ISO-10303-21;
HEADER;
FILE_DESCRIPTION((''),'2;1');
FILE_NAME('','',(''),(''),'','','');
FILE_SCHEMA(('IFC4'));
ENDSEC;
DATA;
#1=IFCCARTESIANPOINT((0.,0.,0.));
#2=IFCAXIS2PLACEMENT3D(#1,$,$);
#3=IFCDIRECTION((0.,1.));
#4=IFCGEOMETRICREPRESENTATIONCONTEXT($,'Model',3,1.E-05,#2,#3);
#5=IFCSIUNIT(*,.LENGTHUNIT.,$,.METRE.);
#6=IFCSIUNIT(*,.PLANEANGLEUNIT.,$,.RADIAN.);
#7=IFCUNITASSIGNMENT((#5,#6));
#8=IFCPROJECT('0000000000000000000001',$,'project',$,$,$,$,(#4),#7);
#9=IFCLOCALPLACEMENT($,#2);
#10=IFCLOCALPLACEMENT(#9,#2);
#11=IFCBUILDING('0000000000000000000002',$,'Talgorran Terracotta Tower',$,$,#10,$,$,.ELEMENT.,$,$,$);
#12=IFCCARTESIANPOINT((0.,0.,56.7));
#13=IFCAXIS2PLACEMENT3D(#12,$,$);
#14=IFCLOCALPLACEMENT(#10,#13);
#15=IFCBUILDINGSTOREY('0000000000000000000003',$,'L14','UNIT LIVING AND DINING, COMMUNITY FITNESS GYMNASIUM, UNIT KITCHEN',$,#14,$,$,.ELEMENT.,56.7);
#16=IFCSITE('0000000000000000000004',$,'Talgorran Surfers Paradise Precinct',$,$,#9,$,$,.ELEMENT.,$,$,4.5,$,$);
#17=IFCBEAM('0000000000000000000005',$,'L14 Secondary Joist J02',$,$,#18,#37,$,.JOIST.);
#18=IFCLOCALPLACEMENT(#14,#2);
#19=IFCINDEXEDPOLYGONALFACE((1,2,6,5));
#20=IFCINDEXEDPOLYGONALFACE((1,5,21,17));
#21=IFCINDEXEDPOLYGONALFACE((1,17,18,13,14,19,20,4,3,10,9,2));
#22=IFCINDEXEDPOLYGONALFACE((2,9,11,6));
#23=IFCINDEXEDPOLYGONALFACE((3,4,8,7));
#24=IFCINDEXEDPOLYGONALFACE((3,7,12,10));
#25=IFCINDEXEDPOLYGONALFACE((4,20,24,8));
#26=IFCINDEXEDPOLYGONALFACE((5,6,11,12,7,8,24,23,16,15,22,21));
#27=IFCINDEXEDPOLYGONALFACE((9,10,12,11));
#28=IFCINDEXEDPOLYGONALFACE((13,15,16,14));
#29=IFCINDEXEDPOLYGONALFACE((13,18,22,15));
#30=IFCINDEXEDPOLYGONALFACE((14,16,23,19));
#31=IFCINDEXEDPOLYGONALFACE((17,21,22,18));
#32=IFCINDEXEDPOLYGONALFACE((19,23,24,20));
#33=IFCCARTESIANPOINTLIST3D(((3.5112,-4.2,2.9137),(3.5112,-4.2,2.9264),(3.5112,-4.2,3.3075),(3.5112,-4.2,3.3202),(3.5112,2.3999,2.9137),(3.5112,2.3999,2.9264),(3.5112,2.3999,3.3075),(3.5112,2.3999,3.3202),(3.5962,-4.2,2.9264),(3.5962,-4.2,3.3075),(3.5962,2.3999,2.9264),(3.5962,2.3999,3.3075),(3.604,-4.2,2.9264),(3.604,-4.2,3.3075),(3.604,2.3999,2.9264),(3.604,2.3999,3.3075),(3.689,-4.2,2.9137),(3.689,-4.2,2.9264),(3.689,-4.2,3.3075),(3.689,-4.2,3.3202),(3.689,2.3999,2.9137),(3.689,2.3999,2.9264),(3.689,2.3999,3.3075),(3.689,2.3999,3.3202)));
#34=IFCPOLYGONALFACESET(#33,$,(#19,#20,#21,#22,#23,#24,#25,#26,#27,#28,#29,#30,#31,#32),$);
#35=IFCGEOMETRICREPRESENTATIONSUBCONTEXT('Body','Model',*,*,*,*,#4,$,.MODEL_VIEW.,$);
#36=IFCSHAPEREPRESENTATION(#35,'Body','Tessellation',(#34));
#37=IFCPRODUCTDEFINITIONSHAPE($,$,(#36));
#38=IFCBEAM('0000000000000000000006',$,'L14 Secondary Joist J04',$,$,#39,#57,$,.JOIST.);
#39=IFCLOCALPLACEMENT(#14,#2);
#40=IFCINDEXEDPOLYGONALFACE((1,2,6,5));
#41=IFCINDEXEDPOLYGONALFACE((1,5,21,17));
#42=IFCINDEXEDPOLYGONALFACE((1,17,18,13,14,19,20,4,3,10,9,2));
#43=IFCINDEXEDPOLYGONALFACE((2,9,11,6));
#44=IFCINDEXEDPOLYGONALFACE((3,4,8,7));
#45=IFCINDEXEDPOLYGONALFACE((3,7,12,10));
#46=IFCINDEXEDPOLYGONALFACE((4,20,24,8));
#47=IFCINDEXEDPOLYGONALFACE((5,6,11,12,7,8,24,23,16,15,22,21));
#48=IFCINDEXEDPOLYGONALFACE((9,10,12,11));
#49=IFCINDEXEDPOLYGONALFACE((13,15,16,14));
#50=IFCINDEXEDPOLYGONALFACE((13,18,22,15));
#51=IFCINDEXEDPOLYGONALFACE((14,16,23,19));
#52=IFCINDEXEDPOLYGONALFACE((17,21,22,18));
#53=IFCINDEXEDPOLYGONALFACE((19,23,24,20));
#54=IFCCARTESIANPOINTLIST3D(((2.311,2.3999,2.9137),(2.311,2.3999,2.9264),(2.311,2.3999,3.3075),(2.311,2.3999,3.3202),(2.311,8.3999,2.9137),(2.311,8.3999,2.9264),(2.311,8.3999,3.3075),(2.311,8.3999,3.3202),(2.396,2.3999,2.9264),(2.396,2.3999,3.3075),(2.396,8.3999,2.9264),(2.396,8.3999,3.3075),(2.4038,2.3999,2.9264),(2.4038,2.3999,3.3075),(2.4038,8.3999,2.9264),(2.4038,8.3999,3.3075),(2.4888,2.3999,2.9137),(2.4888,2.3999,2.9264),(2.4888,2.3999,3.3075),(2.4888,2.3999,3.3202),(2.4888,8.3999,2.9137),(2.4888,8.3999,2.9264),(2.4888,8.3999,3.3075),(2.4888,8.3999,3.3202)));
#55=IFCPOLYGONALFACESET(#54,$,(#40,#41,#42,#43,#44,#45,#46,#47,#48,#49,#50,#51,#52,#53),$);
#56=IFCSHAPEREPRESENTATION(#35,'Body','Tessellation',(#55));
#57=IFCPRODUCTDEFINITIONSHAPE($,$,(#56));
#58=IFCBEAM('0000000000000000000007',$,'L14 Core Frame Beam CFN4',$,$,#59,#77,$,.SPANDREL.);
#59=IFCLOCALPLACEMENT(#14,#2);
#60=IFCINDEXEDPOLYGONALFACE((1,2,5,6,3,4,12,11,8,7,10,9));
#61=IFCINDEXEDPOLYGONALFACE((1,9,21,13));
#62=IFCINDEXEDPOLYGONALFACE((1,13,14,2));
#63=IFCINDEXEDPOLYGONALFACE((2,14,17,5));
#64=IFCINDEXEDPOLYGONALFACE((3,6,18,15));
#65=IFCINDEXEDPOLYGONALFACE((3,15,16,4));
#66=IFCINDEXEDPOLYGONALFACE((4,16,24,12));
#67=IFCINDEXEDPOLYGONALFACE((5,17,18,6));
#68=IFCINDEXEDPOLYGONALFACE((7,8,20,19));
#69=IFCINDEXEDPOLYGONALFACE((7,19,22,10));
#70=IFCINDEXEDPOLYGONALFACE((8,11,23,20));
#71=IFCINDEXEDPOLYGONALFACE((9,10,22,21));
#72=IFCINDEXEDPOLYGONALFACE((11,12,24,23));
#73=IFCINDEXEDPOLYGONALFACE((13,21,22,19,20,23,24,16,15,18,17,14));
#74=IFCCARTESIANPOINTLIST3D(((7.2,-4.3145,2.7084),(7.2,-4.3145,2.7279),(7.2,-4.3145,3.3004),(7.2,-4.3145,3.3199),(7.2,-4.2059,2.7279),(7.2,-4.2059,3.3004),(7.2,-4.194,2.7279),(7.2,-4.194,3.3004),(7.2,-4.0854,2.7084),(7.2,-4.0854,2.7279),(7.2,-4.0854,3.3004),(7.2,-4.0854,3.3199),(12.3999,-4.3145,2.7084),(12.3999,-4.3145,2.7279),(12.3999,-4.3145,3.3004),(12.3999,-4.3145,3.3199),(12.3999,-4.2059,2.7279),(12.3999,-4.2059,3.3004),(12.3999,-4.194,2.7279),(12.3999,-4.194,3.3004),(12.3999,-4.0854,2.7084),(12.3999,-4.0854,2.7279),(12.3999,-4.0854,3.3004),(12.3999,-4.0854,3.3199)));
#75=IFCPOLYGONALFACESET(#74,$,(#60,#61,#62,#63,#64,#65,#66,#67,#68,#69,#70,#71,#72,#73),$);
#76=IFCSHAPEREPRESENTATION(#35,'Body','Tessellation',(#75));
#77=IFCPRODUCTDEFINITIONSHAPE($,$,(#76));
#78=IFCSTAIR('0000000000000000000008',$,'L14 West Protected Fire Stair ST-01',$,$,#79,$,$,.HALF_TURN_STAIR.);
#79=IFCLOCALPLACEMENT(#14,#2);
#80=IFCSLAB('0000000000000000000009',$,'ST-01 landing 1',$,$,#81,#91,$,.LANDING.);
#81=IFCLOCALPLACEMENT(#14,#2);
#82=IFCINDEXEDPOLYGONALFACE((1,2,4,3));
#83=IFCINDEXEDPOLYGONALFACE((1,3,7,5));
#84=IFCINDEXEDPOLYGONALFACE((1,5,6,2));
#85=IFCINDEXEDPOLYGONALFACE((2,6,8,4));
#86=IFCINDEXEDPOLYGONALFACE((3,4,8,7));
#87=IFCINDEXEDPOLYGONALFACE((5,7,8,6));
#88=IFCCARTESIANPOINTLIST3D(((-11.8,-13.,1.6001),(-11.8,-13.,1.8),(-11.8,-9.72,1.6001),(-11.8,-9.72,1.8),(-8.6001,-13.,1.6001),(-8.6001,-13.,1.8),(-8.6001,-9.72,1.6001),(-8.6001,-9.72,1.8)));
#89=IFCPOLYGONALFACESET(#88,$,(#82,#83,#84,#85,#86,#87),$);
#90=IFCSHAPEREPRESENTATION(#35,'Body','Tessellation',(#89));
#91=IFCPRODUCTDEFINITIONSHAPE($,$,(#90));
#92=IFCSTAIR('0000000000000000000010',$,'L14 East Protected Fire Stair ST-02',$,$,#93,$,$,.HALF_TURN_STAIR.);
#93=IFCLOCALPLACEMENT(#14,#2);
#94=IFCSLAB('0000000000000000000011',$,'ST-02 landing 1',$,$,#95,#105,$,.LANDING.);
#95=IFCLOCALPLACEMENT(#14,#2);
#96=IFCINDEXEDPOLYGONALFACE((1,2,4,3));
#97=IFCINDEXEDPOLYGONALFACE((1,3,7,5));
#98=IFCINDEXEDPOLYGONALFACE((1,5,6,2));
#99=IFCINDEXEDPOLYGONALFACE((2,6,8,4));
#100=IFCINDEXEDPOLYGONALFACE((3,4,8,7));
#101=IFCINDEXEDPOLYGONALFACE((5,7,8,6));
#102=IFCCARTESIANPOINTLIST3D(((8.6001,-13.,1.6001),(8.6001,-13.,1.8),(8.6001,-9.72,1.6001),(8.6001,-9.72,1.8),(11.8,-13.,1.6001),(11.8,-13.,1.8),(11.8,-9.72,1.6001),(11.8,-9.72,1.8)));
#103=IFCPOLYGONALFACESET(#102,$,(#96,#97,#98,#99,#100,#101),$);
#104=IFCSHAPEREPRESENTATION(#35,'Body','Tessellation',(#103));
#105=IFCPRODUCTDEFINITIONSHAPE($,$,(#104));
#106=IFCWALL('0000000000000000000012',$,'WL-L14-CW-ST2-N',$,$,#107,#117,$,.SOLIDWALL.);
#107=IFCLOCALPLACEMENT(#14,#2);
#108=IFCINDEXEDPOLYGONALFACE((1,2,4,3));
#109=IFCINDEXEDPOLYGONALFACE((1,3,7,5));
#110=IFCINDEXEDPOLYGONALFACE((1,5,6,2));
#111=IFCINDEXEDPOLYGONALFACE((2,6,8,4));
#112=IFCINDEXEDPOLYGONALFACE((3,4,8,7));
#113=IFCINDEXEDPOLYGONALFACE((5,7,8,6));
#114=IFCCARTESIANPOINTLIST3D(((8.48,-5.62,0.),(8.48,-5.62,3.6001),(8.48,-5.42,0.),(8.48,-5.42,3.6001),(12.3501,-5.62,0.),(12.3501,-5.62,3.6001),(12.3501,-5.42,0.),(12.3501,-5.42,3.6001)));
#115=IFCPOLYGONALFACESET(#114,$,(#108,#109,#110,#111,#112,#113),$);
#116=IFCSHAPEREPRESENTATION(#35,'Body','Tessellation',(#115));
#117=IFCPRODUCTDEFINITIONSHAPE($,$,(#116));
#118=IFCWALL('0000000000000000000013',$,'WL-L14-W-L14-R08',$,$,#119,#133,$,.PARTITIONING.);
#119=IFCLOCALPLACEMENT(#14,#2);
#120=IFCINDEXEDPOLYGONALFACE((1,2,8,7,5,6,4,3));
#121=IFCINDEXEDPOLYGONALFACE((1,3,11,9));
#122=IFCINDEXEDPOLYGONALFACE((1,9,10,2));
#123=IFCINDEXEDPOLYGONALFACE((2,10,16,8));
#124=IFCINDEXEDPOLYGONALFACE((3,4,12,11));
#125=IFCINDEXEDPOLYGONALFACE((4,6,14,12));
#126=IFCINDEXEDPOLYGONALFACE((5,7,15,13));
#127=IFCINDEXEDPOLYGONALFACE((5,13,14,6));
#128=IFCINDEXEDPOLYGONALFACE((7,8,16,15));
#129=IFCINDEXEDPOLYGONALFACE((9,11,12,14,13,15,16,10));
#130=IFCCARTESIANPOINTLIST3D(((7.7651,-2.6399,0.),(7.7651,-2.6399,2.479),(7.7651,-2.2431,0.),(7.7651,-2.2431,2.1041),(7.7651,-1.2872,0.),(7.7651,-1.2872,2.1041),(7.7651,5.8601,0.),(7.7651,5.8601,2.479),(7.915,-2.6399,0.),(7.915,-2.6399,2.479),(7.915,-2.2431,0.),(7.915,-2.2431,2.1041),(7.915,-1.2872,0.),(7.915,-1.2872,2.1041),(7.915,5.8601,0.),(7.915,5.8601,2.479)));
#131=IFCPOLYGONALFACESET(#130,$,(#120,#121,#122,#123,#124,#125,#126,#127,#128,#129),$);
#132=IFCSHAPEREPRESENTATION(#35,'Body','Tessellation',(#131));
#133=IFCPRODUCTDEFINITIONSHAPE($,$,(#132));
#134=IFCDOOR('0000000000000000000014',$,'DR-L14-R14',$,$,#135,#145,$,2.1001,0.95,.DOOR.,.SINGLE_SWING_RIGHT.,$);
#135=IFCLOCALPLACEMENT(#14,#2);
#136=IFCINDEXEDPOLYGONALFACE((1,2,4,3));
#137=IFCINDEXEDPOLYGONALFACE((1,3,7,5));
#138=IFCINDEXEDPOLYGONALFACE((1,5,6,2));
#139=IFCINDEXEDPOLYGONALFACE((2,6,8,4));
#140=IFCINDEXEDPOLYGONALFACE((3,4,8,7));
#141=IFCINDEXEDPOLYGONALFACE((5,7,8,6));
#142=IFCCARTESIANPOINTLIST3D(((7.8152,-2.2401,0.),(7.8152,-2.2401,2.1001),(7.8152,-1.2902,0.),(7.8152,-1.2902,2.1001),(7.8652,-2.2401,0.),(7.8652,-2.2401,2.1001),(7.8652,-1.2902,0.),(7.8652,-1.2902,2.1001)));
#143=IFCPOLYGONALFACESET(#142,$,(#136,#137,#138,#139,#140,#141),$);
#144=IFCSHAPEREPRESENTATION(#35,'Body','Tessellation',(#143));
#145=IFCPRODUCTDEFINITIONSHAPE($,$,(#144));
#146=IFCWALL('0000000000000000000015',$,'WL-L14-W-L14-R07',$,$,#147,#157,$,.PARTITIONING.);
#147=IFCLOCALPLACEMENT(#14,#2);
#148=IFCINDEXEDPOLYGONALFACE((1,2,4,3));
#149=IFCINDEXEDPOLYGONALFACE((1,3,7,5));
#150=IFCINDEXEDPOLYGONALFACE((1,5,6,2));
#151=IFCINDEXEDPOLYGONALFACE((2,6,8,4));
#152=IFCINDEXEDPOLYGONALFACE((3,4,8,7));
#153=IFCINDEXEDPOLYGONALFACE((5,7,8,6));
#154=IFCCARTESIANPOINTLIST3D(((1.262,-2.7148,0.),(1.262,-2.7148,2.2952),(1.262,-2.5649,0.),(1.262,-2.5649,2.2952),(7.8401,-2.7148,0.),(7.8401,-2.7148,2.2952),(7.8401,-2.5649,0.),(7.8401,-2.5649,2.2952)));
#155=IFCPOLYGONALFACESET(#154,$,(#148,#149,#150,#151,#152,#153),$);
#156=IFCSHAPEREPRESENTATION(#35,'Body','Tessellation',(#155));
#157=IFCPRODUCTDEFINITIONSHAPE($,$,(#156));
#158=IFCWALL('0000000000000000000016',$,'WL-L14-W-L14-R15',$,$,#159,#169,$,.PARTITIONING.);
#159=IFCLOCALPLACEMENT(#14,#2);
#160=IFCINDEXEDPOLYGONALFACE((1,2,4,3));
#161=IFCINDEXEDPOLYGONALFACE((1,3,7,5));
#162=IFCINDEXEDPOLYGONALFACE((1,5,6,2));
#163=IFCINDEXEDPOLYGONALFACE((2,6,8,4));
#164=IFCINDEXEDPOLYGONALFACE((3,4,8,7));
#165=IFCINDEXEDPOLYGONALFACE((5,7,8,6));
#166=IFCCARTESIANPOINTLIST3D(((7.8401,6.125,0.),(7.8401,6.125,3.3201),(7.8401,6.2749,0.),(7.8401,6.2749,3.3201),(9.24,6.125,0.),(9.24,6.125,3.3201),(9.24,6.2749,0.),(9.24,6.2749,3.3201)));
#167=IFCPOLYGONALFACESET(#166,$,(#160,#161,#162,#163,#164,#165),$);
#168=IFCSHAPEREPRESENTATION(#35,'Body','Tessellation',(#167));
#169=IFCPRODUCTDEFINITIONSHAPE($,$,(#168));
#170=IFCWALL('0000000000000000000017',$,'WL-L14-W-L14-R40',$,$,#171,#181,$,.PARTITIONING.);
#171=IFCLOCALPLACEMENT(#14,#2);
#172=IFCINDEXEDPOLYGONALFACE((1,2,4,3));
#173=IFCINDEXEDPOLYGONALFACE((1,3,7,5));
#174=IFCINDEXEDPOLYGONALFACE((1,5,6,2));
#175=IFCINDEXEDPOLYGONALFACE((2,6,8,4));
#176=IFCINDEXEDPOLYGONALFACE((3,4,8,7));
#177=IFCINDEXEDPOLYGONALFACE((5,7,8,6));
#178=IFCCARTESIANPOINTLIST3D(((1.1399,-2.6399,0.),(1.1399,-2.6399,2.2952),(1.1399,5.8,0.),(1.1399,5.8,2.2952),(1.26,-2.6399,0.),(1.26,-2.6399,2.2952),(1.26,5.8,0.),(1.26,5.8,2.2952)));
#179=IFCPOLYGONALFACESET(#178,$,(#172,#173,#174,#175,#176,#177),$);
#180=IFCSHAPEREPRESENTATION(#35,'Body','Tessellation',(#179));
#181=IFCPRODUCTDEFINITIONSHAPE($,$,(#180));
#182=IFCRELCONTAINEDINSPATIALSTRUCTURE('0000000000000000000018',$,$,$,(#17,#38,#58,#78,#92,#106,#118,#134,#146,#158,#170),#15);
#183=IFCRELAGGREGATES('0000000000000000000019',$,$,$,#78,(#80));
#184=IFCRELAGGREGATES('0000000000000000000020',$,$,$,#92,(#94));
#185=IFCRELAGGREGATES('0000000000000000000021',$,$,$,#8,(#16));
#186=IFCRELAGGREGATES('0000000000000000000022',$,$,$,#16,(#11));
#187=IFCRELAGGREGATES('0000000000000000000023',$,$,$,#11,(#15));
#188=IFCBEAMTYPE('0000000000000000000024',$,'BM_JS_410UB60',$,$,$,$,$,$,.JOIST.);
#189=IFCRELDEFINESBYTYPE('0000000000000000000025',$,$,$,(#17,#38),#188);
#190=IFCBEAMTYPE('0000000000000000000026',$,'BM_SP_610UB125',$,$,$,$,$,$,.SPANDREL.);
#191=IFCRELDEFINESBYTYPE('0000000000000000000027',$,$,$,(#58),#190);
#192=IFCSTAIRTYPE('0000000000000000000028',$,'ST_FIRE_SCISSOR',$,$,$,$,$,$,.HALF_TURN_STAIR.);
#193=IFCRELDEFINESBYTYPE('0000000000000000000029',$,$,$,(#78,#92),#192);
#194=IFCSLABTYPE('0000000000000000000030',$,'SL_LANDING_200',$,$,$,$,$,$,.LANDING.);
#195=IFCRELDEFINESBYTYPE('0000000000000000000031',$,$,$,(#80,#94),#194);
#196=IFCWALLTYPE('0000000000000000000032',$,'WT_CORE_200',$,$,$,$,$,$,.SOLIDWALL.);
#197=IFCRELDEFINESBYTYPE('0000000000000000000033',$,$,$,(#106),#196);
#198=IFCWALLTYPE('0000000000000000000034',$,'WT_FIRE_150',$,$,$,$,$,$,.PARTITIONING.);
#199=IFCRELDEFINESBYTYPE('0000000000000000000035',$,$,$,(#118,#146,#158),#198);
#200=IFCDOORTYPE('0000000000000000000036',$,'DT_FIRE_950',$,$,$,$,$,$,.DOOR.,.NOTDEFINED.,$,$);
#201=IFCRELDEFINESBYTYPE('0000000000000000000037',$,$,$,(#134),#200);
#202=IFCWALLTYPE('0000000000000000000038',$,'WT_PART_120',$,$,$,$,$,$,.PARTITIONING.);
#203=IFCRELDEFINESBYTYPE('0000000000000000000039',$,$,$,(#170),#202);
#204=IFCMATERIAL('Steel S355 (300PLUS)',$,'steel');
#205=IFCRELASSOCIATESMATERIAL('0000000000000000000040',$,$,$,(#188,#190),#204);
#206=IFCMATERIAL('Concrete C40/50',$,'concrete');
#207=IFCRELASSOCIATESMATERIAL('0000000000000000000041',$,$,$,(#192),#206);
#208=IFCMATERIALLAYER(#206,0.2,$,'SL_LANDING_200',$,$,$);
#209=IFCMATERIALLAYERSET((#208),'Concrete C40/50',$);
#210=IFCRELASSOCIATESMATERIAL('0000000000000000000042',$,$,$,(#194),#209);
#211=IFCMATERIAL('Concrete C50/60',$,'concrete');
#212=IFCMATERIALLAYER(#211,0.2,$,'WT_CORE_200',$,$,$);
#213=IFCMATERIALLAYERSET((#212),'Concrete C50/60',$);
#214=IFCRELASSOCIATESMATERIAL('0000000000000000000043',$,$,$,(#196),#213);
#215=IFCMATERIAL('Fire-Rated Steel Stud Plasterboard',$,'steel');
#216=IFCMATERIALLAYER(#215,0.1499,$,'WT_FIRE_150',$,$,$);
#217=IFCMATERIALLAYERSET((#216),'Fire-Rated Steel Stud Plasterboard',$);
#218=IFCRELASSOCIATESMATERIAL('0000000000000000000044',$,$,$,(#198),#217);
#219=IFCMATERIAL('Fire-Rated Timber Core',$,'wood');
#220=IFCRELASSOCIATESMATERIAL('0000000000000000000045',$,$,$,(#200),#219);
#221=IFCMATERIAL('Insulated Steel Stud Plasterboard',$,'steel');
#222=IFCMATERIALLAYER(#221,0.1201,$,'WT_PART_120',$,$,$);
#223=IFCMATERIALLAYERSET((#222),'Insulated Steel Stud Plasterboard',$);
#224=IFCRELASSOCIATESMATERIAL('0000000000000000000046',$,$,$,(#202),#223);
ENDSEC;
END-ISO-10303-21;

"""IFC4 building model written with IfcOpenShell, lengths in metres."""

from ifc_helpers import new_model, si_unit, direction, frame, frame_2d, origin, origin_2d, place, context, subcontext, project, spatial, polyline, rectangle, i_section, outline, extrude, material, layer, layer_set, material_profile, profile_set, type_object, element, fill, aggregate, save


model = new_model("IFC4")

# Units and contexts
model_context = context("Model", 3, precision=1e-05, world=origin(), true_north=direction((0.0, 1.0)))
body_context = subcontext(model_context, "Body", "Model", "MODEL_VIEW")
ifc_project = project(units=[si_unit("LENGTHUNIT", "METRE"), si_unit("PLANEANGLEUNIT", "RADIAN")], contexts=[model_context])

# Site, building, storey
site_placement = place(None, origin())
site = spatial("IfcSite", under=ifc_project, at=site_placement, Name="Talgorran Surfers Paradise Precinct", CompositionType="ELEMENT", RefElevation=4.5)
building_placement = place(site_placement, origin())
building = spatial("IfcBuilding", under=site, at=building_placement, Name="Talgorran Terracotta Tower", CompositionType="ELEMENT")
storey_placement = place(building_placement, frame((0.0, 0.0, 56.7)))
storey = spatial("IfcBuildingStorey", under=building, at=storey_placement, Name="L14", Description="UNIT LIVING AND DINING, COMMUNITY FITNESS GYMNASIUM, UNIT KITCHEN", CompositionType="ELEMENT", Elevation=56.7)

# Shared definitions
ifc_material_1 = material(Name="Steel S355 (300PLUS)", Category="steel")

# Beams
ifc_material_profile_1 = material_profile(ifc_material_1, i_section(OverallWidth=0.1777, OverallDepth=0.4065, WebThickness=0.0078, FlangeThickness=0.0127, at=origin_2d()), Name="410UB59.7")
ifc_profile_set_1 = profile_set([ifc_material_profile_1], Name="Steel S355 (300PLUS)")
beam_type_1 = type_object("IfcBeamType", Name="BM_JS_410UB60", PredefinedType="JOIST", material=ifc_profile_set_1)
beam_1_placement = place(storey_placement, frame((3.6001, -4.2, 3.1169), z_axis=(0.0, 1.0, 0.0), x_axis=(-1.0, 0.0, 0.0)))
element("IfcBeam", 1, at=beam_1_placement, inside=storey, type_object=beam_type_1, Name="L14 Secondary Joist J02", PredefinedType="JOIST", context=body_context, shape_type="SweptSolid", body=[
    extrude(i_section(OverallWidth=0.1777, OverallDepth=0.4065, WebThickness=0.0078, FlangeThickness=0.0127, at=origin_2d()), origin(), (0.0, 0.0, 1.0), 6.5999),
])
beam_2_placement = place(storey_placement, frame((2.3999, 2.3999, 3.1169), z_axis=(0.0, 1.0, 0.0), x_axis=(-1.0, 0.0, 0.0)))
element("IfcBeam", 2, at=beam_2_placement, inside=storey, type_object=beam_type_1, Name="L14 Secondary Joist J04", PredefinedType="JOIST", context=body_context, shape_type="SweptSolid", body=[
    extrude(i_section(OverallWidth=0.1777, OverallDepth=0.4065, WebThickness=0.0078, FlangeThickness=0.0127, at=origin_2d()), origin(), (0.0, 0.0, 1.0), 6.0),
])
ifc_material_profile_2 = material_profile(ifc_material_1, i_section(OverallWidth=0.229, OverallDepth=0.6116, WebThickness=0.012, FlangeThickness=0.0195, at=origin_2d()), Name="610UB125")
ifc_profile_set_2 = profile_set([ifc_material_profile_2], Name="Steel S355 (300PLUS)")
beam_type_2 = type_object("IfcBeamType", Name="BM_SP_610UB125", PredefinedType="SPANDREL", material=ifc_profile_set_2)
beam_3_placement = place(storey_placement, frame((7.2, -4.2, 3.0142), z_axis=(1.0, 0.0, 0.0), x_axis=(0.0, 1.0, 0.0)))
element("IfcBeam", 3, at=beam_3_placement, inside=storey, type_object=beam_type_2, Name="L14 Core Frame Beam CFN4", PredefinedType="SPANDREL", context=body_context, shape_type="SweptSolid", body=[
    extrude(i_section(OverallWidth=0.229, OverallDepth=0.6116, WebThickness=0.012, FlangeThickness=0.0195, at=origin_2d()), origin(), (0.0, 0.0, 1.0), 5.2),
])

# Stairs, slabs
ifc_material_2 = material(Name="Concrete C40/50", Category="concrete")
stair_type = type_object("IfcStairType", Name="ST_FIRE_SCISSOR", PredefinedType="HALF_TURN_STAIR", material=ifc_material_2)
stair_1_placement = place(storey_placement, origin())
stair_1 = element("IfcStair", 4, at=stair_1_placement, inside=storey, type_object=stair_type, Name="L14 West Protected Fire Stair ST-01", PredefinedType="HALF_TURN_STAIR")
ifc_layer_1 = layer(ifc_material_2, 0.2, Name="SL_LANDING_200")
ifc_layer_set_1 = layer_set([ifc_layer_1], Name="Concrete C40/50")
slab_type = type_object("IfcSlabType", Name="SL_LANDING_200", PredefinedType="LANDING", material=ifc_layer_set_1)
slab_1_placement = place(storey_placement, frame((0.0, 0.0, 1.6001)))
slab_1 = element("IfcSlab", 5, at=slab_1_placement, type_object=slab_type, Name="ST-01 landing 1", PredefinedType="LANDING", context=body_context, shape_type="SweptSolid", body=[
    extrude(outline(polyline([(-11.8, -9.72), (-11.8, -13.0), (-8.6001, -13.0), (-8.6001, -9.72), (-11.8, -9.72)])), origin(), (0.0, 0.0, 1.0), 0.2),
])
aggregate(stair_1, [slab_1])
stair_2_placement = place(storey_placement, origin())
stair_2 = element("IfcStair", 6, at=stair_2_placement, inside=storey, type_object=stair_type, Name="L14 East Protected Fire Stair ST-02", PredefinedType="HALF_TURN_STAIR")
slab_2_placement = place(storey_placement, frame((0.0, 0.0, 1.6001)))
slab_2 = element("IfcSlab", 7, at=slab_2_placement, type_object=slab_type, Name="ST-02 landing 1", PredefinedType="LANDING", context=body_context, shape_type="SweptSolid", body=[
    extrude(outline(polyline([(8.6001, -9.72), (8.6001, -13.0), (11.8, -13.0), (11.8, -9.72), (8.6001, -9.72)])), origin(), (0.0, 0.0, 1.0), 0.2),
])
aggregate(stair_2, [slab_2])

# Wall
ifc_material_3 = material(Name="Concrete C50/60", Category="concrete")
ifc_layer_2 = layer(ifc_material_3, 0.2, Name="WT_CORE_200")
ifc_layer_set_2 = layer_set([ifc_layer_2], Name="Concrete C50/60")
wall_type_1 = type_object("IfcWallType", Name="WT_CORE_200", PredefinedType="SOLIDWALL", material=ifc_layer_set_2)
wall_1_placement = place(storey_placement, frame((8.48, -5.52, 0.0), z_axis=(0.0, 0.0, 1.0), x_axis=(1.0, 0.0, 0.0)))
element("IfcWall", 8, at=wall_1_placement, inside=storey, type_object=wall_type_1, Name="WL-L14-CW-ST2-N", PredefinedType="SOLIDWALL", context=body_context, shape_type="SweptSolid", body=[
    extrude(rectangle(XDim=3.8701, YDim=0.2, at=frame_2d((1.9351, 0.0))), origin(), (0.0, 0.0, 1.0), 3.6001),
])

# Wall, opening, door
ifc_material_4 = material(Name="Fire-Rated Steel Stud Plasterboard", Category="steel")
ifc_layer_3 = layer(ifc_material_4, 0.1499, Name="WT_FIRE_150")
ifc_layer_set_3 = layer_set([ifc_layer_3], Name="Fire-Rated Steel Stud Plasterboard")
wall_type_2 = type_object("IfcWallType", Name="WT_FIRE_150", PredefinedType="PARTITIONING", material=ifc_layer_set_3)
wall_2_placement = place(storey_placement, frame((7.8401, -2.6399, 0.0), z_axis=(0.0, 0.0, 1.0), x_axis=(0.0, 1.0, 0.0)))
wall_2 = element("IfcWall", 9, at=wall_2_placement, inside=storey, type_object=wall_type_2, Name="WL-L14-W-L14-R08", PredefinedType="PARTITIONING", context=body_context, shape_type="SweptSolid", body=[
    extrude(rectangle(XDim=8.5, YDim=0.1499, at=frame_2d((4.25, 0.0))), origin(), (0.0, 0.0, 1.0), 2.479),
])
opening_1_placement = place(wall_2_placement, frame((0.3997, 0.0, 0.0)))
opening_1 = element("IfcOpeningElement", 10, at=opening_1_placement, cuts=wall_2, PredefinedType="OPENING", context=body_context, shape_type="SweptSolid", body=[
    extrude(rectangle(XDim=0.956, YDim=2.1041, at=frame_2d((0.4751, 1.052))), frame((0.0, 0.085, 0.0), z_axis=(0.0, -1.0, 0.0), x_axis=(1.0, 0.0, 0.0)), (0.0, 0.0, 1.0), 0.1699),
])
ifc_material_5 = material(Name="Fire-Rated Timber Core", Category="wood")
door_type_1 = type_object("IfcDoorType", Name="DT_FIRE_950", OperationType="NOTDEFINED", PredefinedType="DOOR", material=ifc_material_5)
door_1_placement = place(opening_1_placement, origin())
door_1 = element("IfcDoor", 11, at=door_1_placement, inside=storey, type_object=door_type_1, Name="DR-L14-R14", OperationType="SINGLE_SWING_RIGHT", OverallHeight=2.1001, OverallWidth=0.95, PredefinedType="DOOR", context=body_context, shape_type="SweptSolid", body=[
    extrude(rectangle(XDim=0.95, YDim=2.1001, at=frame_2d((0.4751, 1.05))), frame((0.0, 0.0249, 0.0), z_axis=(0.0, -1.0, 0.0), x_axis=(1.0, 0.0, 0.0)), (0.0, 0.0, 1.0), 0.05),
])
fill(opening_1, door_1)

# Walls
wall_3_placement = place(storey_placement, frame((1.262, -2.6399, 0.0), z_axis=(0.0, 0.0, 1.0), x_axis=(1.0, 0.0, 0.0)))
element("IfcWall", 12, at=wall_3_placement, inside=storey, type_object=wall_type_2, Name="WL-L14-W-L14-R07", PredefinedType="PARTITIONING", context=body_context, shape_type="SweptSolid", body=[
    extrude(rectangle(XDim=6.5781, YDim=0.1499, at=frame_2d((3.2891, 0.0))), origin(), (0.0, 0.0, 1.0), 2.2952),
])
wall_4_placement = place(storey_placement, frame((7.8401, 6.2, 0.0), z_axis=(0.0, 0.0, 1.0), x_axis=(1.0, 0.0, 0.0)))
element("IfcWall", 13, at=wall_4_placement, inside=storey, type_object=wall_type_2, Name="WL-L14-W-L14-R15", PredefinedType="PARTITIONING", context=body_context, shape_type="SweptSolid", body=[
    extrude(rectangle(XDim=1.3999, YDim=0.1499, at=frame_2d((0.7, 0.0))), origin(), (0.0, 0.0, 1.0), 3.3201),
])
ifc_material_6 = material(Name="Insulated Steel Stud Plasterboard", Category="steel")
ifc_layer_4 = layer(ifc_material_6, 0.1201, Name="WT_PART_120")
ifc_layer_set_4 = layer_set([ifc_layer_4], Name="Insulated Steel Stud Plasterboard")
wall_type_3 = type_object("IfcWallType", Name="WT_PART_120", PredefinedType="PARTITIONING", material=ifc_layer_set_4)
wall_5_placement = place(storey_placement, frame((1.2, -2.6399, 0.0), z_axis=(0.0, 0.0, 1.0), x_axis=(0.0, 1.0, 0.0)))
element("IfcWall", 14, at=wall_5_placement, inside=storey, type_object=wall_type_3, Name="WL-L14-W-L14-R40", PredefinedType="PARTITIONING", context=body_context, shape_type="SweptSolid", body=[
    extrude(rectangle(XDim=8.4399, YDim=0.1201, at=frame_2d((4.22, 0.0))), origin(), (0.0, 0.0, 1.0), 2.2952),
])

save(model, "model.ifc")
